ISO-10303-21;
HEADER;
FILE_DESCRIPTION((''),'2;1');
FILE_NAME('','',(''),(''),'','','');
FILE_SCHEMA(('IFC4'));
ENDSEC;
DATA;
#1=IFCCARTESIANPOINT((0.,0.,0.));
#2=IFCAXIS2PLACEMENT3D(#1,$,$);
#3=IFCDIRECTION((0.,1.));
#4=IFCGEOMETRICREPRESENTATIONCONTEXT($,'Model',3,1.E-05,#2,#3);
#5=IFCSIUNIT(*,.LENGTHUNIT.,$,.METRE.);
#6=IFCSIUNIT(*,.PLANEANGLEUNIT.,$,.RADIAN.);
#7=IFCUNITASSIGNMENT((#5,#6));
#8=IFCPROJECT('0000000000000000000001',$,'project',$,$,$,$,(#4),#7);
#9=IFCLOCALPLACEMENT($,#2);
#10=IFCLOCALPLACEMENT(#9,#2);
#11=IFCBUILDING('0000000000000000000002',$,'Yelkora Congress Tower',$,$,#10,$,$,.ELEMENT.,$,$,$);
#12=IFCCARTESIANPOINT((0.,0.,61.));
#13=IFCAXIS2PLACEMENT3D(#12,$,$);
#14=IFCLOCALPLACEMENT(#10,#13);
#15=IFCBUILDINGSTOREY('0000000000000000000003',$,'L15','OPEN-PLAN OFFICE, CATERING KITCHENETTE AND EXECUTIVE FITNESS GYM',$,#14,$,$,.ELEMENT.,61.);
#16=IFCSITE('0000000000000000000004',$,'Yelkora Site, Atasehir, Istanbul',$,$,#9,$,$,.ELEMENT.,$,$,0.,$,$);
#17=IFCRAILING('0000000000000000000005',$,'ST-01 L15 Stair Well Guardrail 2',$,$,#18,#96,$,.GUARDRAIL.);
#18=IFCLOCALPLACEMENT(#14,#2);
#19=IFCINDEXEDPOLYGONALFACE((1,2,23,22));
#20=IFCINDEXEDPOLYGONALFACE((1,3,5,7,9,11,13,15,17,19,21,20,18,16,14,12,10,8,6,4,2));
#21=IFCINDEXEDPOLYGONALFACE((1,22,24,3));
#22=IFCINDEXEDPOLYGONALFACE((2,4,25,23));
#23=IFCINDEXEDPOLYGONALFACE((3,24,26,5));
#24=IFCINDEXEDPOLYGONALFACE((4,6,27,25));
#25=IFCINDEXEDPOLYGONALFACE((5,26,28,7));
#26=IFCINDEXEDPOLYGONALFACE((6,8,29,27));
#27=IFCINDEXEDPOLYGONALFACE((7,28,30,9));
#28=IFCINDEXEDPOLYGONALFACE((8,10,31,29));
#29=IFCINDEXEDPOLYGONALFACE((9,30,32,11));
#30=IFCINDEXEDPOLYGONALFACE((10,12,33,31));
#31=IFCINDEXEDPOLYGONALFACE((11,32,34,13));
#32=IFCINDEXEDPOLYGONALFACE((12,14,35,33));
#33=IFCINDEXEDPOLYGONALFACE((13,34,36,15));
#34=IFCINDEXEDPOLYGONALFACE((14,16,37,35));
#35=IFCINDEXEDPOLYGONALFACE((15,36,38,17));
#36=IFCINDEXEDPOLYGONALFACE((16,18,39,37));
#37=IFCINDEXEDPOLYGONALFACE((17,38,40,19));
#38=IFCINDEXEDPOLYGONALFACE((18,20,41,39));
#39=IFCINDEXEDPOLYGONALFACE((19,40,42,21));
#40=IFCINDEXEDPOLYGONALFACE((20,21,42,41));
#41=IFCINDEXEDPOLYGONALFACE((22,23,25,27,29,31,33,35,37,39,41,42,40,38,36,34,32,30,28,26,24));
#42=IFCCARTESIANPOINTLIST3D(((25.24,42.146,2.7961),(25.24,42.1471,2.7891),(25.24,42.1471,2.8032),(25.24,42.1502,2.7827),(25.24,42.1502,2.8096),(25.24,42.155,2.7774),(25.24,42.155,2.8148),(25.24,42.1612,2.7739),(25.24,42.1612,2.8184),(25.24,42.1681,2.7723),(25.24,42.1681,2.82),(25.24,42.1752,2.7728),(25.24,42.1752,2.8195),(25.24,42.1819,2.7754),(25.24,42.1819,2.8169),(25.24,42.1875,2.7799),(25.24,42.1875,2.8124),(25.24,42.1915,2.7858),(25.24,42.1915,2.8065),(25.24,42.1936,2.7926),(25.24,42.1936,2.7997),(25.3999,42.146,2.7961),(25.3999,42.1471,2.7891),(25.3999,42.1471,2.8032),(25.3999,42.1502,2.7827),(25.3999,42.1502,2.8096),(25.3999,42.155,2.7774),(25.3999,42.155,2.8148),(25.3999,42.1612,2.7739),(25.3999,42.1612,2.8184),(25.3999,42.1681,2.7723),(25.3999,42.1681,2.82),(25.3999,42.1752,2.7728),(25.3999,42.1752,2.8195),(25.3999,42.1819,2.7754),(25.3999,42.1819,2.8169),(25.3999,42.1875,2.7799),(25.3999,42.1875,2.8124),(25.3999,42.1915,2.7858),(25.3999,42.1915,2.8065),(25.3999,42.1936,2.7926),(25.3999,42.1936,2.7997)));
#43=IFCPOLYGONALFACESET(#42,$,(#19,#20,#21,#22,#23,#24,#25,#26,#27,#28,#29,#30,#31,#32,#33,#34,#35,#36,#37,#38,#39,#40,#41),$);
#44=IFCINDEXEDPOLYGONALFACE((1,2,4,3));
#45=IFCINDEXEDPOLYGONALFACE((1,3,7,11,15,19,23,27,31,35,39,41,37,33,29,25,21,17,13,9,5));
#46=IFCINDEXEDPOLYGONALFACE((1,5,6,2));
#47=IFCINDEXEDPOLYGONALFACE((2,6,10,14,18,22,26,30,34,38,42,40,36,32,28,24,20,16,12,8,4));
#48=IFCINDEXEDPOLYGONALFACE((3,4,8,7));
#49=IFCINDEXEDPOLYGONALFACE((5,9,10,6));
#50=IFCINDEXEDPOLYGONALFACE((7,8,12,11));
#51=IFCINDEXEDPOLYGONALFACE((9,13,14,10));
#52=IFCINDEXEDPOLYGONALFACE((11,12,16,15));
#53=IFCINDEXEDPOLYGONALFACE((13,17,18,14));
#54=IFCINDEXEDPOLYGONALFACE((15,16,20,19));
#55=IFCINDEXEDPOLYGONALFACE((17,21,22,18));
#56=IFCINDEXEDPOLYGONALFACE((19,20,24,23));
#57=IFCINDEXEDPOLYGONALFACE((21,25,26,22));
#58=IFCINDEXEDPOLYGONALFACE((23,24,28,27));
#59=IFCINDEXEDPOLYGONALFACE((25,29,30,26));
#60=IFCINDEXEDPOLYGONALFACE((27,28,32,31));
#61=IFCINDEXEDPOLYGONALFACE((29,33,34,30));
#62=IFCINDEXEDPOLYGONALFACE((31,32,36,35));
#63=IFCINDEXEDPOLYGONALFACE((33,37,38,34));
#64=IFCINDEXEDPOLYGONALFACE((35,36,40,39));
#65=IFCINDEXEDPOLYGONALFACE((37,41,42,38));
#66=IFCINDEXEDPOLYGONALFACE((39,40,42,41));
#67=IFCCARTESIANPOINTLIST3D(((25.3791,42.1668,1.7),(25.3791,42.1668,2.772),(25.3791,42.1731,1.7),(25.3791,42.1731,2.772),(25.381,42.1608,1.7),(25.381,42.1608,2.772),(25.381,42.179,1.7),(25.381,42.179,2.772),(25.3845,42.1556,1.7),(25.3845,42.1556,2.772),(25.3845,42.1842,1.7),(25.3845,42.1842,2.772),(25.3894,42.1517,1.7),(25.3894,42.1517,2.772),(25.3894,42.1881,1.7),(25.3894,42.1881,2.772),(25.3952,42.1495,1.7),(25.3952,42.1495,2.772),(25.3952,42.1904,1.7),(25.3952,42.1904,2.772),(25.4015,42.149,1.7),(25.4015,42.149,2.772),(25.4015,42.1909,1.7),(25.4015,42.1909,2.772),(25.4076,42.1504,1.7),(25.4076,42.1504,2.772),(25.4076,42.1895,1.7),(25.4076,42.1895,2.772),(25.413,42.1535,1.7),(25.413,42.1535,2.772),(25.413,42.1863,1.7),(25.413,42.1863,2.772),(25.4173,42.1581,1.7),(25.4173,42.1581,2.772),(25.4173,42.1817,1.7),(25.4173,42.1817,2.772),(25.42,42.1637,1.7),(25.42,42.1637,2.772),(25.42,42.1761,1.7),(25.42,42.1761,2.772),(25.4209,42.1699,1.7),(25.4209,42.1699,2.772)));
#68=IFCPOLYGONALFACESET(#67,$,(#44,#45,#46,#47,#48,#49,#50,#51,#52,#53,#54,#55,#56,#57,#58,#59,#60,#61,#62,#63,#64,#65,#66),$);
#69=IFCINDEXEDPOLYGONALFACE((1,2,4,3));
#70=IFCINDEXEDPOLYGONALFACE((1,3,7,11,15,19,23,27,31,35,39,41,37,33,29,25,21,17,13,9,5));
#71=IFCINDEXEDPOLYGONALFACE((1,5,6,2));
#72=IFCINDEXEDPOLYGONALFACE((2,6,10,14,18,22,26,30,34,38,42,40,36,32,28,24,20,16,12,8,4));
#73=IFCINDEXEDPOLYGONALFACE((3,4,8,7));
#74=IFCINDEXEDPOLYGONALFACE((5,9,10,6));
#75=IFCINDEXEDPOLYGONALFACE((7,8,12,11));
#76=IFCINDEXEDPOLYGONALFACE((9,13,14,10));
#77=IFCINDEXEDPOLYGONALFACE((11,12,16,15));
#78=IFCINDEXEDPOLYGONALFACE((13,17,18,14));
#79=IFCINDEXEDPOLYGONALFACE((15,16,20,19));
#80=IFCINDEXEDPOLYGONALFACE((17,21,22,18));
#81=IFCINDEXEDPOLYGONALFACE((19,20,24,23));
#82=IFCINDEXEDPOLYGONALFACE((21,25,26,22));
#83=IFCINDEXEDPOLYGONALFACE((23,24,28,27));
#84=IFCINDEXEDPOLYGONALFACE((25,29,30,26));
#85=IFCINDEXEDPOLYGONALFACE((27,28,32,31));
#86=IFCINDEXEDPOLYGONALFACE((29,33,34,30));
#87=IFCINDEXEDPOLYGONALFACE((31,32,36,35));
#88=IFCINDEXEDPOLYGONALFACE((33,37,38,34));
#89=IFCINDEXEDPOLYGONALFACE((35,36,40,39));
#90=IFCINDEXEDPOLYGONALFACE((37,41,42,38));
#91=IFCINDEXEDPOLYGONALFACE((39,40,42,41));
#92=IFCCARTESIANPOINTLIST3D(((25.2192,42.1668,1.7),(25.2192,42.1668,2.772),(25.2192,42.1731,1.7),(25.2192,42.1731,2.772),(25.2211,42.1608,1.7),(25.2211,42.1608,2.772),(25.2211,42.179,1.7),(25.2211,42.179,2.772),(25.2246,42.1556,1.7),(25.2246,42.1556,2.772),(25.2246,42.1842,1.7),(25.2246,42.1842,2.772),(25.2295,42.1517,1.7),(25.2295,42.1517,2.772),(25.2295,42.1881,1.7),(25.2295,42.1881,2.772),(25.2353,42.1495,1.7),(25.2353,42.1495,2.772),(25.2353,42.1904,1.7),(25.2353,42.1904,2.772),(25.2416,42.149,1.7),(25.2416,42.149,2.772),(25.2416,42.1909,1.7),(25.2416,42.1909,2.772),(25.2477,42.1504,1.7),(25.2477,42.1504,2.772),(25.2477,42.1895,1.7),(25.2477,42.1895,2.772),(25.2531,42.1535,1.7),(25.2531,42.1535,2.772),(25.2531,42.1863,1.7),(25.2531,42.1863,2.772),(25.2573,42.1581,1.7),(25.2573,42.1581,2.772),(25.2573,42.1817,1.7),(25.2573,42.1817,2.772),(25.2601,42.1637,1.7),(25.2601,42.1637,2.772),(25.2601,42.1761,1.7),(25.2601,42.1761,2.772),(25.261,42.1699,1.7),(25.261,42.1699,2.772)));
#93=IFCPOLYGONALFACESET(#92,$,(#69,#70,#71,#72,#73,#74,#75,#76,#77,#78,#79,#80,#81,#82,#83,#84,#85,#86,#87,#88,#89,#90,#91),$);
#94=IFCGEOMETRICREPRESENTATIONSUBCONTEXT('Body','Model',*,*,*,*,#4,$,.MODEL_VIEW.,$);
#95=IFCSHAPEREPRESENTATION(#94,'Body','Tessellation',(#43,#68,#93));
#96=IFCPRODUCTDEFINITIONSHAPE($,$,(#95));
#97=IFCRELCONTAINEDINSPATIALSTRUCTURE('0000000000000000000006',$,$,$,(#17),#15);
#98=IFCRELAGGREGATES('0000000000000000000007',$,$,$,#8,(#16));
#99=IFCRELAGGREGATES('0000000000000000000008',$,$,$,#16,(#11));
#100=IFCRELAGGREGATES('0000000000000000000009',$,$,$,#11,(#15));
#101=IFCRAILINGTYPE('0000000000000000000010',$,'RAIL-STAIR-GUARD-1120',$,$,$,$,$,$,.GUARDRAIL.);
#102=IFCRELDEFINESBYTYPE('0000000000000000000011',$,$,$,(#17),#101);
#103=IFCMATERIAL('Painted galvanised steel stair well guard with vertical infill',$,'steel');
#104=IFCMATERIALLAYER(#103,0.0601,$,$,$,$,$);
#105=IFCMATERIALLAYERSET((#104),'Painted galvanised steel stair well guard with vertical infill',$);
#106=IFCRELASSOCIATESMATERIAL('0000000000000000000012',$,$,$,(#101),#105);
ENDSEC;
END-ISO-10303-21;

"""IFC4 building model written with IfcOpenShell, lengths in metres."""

from ifc_helpers import new_model, si_unit, direction, frame, origin, origin_2d, place, context, subcontext, project, spatial, circle, extrude, material, layer, layer_set, type_object, element, save


model = new_model("IFC4")

# Units and contexts
model_context = context("Model", 3, precision=1e-05, world=origin(), true_north=direction((0.0, 1.0)))
body_context = subcontext(model_context, "Body", "Model", "MODEL_VIEW")
ifc_project = project(units=[si_unit("LENGTHUNIT", "METRE"), si_unit("PLANEANGLEUNIT", "RADIAN")], contexts=[model_context])

# Site, building, storey
site_placement = place(None, origin())
site = spatial("IfcSite", under=ifc_project, at=site_placement, Name="Yelkora Site, Atasehir, Istanbul", CompositionType="ELEMENT", RefElevation=0.0)
building_placement = place(site_placement, origin())
building = spatial("IfcBuilding", under=site, at=building_placement, Name="Yelkora Congress Tower", CompositionType="ELEMENT")
storey_placement = place(building_placement, frame((0.0, 0.0, 61.0)))
storey = spatial("IfcBuildingStorey", under=building, at=storey_placement, Name="L15", Description="OPEN-PLAN OFFICE, CATERING KITCHENETTE AND EXECUTIVE FITNESS GYM", CompositionType="ELEMENT", Elevation=61.0)

# Railing
ifc_material_1 = material(Name="Painted galvanised steel stair well guard with vertical infill", Category="steel")
ifc_layer_1 = layer(ifc_material_1, 0.0601)
ifc_layer_set_1 = layer_set([ifc_layer_1], Name="Painted galvanised steel stair well guard with vertical infill")
railing_type_1 = type_object("IfcRailingType", Name="RAIL-STAIR-GUARD-1120", PredefinedType="GUARDRAIL", material=ifc_layer_set_1)
railing_1_placement = place(storey_placement, frame((25.3999, 42.1699, 1.7)))
element("IfcRailing", 1, at=railing_1_placement, inside=storey, type_object=railing_type_1, Name="ST-01 L15 Stair Well Guardrail 2", PredefinedType="GUARDRAIL", context=body_context, shape_type="SweptSolid", body=[
    extrude(circle(Radius=0.0239, at=origin_2d()), frame((0.0, 0.0, 1.0962), z_axis=(-1.0, 0.0, 0.0), x_axis=(0.0, -1.0, 0.0)), (0.0, 0.0, 1.0), 0.1599),
    extrude(circle(Radius=0.021, at=origin_2d()), origin(), (0.0, 0.0, 1.0), 1.072),
    extrude(circle(Radius=0.021, at=origin_2d()), frame((-0.1599, 0.0, 0.0)), (0.0, 0.0, 1.0), 1.072),
])

save(model, "model.ifc")
